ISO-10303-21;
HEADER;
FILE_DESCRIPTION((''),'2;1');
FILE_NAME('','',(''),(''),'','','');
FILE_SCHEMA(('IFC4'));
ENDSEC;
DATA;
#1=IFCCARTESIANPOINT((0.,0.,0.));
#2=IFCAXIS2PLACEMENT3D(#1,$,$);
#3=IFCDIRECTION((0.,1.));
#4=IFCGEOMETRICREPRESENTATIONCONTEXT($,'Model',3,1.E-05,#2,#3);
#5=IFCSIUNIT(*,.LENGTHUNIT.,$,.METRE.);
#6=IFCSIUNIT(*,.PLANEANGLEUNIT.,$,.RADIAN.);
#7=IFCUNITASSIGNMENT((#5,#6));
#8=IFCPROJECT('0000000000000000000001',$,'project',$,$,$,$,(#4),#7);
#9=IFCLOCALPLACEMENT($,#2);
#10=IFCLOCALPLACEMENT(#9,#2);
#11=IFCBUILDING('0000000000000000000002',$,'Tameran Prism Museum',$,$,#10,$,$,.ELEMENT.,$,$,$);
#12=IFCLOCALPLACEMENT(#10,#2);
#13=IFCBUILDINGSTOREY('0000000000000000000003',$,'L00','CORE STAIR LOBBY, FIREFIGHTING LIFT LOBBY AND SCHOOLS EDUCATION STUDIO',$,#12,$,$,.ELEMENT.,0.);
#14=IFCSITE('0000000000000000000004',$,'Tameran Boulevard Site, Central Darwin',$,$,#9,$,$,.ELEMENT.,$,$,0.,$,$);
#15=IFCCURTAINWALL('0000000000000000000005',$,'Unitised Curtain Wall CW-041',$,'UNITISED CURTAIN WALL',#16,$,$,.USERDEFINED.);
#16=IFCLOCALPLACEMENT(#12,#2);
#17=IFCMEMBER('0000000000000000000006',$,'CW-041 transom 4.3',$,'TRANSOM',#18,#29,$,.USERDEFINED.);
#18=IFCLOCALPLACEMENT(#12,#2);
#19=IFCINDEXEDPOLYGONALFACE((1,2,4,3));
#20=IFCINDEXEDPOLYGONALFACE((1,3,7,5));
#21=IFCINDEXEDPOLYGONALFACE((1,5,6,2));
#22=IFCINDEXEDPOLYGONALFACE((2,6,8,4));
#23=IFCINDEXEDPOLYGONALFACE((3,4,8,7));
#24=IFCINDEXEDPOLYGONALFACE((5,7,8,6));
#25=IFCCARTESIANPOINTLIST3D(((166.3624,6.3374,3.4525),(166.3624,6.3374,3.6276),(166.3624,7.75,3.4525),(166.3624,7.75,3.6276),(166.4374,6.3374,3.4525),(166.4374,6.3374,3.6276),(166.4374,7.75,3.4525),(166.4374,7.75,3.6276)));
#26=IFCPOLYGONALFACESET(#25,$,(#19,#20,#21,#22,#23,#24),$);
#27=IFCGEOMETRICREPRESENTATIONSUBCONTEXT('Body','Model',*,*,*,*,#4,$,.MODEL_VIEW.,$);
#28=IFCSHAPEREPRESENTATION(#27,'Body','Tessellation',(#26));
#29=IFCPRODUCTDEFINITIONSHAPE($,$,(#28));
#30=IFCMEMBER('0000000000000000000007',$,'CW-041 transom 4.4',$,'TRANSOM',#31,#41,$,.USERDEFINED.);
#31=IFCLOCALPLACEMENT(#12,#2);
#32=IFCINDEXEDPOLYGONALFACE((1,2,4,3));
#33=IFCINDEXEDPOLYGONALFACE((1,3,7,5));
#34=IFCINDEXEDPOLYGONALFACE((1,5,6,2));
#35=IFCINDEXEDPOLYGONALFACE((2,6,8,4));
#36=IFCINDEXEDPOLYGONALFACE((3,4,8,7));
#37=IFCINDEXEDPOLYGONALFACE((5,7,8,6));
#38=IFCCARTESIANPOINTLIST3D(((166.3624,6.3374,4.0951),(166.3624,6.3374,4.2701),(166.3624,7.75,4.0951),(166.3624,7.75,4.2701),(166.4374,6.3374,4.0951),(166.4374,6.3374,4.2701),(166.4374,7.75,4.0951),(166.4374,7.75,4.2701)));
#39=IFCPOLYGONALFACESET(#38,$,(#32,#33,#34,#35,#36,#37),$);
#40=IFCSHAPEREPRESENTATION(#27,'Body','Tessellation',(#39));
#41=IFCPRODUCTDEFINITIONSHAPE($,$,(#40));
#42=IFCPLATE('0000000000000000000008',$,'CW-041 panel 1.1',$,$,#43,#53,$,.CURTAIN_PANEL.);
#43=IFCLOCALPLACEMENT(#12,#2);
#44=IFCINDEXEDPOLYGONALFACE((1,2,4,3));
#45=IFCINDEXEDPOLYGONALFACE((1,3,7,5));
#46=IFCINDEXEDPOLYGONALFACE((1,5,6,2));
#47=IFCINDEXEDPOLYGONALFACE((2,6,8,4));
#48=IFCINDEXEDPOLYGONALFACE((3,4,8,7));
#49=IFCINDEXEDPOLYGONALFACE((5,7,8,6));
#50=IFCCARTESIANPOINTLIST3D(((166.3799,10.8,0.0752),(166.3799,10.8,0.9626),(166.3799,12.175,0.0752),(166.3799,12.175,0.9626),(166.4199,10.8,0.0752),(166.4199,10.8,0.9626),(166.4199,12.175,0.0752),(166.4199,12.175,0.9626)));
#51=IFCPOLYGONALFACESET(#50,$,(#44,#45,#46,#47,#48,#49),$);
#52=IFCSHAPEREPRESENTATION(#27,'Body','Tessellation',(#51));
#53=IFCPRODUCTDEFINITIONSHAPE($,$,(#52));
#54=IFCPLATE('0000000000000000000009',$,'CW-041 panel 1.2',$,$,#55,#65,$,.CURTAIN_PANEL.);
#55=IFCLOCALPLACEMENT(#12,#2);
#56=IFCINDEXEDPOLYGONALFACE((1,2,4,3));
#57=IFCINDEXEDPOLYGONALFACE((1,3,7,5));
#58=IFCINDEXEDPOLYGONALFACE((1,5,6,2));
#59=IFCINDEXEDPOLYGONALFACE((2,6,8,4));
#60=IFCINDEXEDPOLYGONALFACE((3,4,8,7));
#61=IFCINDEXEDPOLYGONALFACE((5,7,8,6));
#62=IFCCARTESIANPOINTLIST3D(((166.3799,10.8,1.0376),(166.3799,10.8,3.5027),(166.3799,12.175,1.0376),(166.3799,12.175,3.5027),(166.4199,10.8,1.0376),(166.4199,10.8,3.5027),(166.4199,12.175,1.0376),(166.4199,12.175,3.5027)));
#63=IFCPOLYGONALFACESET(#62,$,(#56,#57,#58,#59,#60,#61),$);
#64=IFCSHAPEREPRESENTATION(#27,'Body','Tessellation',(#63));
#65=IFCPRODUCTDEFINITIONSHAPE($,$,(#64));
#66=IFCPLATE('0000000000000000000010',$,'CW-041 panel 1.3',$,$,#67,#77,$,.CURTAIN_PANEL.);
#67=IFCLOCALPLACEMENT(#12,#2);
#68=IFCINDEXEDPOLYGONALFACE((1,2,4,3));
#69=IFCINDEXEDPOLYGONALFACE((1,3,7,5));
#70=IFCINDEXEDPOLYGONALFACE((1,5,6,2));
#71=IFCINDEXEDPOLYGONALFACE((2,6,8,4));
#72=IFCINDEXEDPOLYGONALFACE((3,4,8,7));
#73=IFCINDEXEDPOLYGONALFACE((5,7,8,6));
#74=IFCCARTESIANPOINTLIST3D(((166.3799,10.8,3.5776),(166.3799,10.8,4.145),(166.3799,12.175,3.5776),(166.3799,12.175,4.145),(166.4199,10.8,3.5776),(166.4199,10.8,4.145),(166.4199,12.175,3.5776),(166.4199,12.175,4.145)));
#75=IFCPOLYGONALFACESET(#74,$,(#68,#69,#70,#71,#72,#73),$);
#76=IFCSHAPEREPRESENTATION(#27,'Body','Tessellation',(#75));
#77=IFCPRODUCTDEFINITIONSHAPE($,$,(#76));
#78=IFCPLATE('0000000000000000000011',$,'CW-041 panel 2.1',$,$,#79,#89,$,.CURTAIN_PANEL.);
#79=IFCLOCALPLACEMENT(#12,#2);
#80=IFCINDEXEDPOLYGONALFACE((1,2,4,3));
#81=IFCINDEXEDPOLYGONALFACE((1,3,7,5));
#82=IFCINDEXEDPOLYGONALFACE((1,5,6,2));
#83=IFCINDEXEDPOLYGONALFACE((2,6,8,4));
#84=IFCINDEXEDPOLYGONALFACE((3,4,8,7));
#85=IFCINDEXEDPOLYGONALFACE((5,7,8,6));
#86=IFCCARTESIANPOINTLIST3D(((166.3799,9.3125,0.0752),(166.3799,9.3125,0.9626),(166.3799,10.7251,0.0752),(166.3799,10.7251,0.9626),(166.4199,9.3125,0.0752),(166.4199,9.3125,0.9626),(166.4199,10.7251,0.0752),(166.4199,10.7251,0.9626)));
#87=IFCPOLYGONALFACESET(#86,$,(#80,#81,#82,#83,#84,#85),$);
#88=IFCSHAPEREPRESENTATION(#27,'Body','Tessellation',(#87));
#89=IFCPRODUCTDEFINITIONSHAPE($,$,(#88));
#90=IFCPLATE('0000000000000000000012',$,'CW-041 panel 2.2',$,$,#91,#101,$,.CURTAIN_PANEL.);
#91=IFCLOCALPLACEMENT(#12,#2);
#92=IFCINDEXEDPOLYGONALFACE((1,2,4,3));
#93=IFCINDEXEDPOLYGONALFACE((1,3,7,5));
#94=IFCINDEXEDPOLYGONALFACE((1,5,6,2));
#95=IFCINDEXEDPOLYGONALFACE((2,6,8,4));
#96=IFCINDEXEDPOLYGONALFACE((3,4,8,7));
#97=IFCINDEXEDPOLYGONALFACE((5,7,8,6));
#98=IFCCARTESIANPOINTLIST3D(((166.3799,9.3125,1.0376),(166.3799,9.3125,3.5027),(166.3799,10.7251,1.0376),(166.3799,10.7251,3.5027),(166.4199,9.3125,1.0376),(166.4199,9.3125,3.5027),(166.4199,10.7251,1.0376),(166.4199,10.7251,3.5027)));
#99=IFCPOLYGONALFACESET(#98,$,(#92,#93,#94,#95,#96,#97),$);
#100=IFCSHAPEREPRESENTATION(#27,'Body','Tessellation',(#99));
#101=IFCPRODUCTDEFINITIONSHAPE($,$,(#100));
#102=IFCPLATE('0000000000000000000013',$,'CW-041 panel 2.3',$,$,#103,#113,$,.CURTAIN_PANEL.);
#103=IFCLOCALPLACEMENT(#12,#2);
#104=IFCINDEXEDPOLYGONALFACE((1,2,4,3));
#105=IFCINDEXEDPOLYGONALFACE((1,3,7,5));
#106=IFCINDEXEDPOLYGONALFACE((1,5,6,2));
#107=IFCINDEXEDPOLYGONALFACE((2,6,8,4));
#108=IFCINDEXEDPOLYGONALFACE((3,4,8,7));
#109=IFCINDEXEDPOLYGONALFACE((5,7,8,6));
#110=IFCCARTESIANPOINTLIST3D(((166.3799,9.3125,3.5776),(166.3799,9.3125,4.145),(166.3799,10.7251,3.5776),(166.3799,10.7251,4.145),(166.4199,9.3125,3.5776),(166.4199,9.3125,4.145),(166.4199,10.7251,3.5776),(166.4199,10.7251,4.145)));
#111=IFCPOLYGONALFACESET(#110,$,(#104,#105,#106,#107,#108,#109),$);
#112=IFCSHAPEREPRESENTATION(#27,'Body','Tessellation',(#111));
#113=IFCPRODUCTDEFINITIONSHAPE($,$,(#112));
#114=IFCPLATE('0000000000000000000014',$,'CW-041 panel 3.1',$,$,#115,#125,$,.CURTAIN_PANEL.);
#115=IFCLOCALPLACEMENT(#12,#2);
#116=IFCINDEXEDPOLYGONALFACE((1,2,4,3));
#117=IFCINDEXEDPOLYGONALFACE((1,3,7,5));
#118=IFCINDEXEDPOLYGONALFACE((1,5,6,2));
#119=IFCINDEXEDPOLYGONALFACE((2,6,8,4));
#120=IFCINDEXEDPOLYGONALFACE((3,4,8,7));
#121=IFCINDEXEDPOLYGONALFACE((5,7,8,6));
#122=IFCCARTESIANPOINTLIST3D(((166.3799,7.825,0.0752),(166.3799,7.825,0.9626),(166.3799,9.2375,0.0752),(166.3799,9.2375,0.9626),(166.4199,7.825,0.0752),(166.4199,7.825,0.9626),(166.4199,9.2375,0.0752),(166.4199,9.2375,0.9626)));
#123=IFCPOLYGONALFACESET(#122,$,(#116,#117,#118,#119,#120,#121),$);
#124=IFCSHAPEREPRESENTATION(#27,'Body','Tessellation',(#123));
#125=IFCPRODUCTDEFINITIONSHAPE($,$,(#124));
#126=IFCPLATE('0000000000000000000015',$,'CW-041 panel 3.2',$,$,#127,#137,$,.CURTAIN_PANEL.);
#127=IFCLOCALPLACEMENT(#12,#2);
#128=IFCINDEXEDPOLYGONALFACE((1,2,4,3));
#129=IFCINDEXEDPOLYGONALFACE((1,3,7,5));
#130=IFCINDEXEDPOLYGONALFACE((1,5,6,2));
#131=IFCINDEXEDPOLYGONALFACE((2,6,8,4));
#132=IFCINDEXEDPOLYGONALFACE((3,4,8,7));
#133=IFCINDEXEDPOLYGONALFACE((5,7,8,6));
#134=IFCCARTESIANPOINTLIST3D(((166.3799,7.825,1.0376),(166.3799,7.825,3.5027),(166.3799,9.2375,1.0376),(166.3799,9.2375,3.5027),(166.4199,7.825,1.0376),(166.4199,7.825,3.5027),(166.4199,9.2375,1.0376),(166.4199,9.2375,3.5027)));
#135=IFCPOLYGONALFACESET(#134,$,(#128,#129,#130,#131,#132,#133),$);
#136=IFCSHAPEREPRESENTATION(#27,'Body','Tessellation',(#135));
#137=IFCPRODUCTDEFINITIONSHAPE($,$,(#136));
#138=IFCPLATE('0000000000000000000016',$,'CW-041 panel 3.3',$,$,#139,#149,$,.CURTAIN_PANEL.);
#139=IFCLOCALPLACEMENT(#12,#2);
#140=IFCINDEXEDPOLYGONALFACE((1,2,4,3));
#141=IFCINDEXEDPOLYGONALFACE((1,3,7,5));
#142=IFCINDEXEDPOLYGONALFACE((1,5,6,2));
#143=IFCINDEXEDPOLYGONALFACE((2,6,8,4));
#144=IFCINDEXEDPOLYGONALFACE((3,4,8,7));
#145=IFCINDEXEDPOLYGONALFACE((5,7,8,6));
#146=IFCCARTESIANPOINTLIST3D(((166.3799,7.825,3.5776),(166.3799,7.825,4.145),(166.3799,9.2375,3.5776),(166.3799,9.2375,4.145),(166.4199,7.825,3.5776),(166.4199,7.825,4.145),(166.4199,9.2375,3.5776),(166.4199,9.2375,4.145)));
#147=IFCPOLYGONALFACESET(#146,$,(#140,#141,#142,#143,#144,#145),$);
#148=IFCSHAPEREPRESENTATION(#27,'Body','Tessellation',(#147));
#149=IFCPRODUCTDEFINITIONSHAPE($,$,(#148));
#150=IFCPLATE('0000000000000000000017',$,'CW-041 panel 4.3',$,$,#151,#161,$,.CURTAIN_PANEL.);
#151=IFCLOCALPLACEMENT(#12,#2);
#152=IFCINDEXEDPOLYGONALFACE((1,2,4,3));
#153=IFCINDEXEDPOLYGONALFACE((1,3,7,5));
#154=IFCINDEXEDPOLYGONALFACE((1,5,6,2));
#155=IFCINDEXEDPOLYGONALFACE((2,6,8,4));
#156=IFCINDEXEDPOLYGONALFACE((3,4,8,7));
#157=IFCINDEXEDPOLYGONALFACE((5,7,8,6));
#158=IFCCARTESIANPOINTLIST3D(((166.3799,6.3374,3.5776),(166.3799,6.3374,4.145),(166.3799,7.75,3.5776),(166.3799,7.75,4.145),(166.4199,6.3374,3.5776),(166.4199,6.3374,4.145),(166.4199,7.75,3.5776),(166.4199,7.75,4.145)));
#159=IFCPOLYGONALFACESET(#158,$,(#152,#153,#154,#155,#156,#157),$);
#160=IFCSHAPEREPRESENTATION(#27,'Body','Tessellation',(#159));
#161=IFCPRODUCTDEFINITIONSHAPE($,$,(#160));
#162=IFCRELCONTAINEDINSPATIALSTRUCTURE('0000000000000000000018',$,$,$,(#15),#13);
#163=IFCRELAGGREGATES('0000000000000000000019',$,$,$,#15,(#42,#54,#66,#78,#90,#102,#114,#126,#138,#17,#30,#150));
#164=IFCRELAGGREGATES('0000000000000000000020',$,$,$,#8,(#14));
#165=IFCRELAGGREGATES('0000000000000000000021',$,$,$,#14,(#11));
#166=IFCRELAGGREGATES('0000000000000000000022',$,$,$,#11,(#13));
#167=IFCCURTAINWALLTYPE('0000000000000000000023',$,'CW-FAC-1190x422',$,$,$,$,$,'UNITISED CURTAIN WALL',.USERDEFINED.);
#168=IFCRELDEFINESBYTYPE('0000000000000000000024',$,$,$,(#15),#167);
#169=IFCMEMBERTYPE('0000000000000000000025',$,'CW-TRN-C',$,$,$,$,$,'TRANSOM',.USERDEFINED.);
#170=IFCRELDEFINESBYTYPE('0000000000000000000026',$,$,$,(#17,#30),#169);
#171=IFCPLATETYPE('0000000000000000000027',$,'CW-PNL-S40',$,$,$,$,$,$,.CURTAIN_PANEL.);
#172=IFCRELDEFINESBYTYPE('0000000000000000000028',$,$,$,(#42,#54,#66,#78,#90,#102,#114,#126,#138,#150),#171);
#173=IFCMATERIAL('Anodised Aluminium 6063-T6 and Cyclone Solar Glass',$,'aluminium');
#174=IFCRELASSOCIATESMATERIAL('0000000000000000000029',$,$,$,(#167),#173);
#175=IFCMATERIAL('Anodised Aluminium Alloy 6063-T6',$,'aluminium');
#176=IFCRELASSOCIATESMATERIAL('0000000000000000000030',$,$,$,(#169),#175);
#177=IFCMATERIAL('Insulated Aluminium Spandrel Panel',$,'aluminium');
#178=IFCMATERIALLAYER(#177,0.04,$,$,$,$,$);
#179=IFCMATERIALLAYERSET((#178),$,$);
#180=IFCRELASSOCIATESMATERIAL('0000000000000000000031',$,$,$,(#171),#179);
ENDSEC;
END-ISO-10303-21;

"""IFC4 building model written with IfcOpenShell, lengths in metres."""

from ifc_helpers import new_model, si_unit, direction, frame, origin, origin_2d, place, context, subcontext, project, spatial, rectangle, extrude, material, layer, layer_set, material_profile, profile_set, type_object, element, aggregate, save


model = new_model("IFC4")

# Units and contexts
model_context = context("Model", 3, precision=1e-05, world=origin(), true_north=direction((0.0, 1.0)))
body_context = subcontext(model_context, "Body", "Model", "MODEL_VIEW")
ifc_project = project(units=[si_unit("LENGTHUNIT", "METRE"), si_unit("PLANEANGLEUNIT", "RADIAN")], contexts=[model_context])

# Site, building, storey
site_placement = place(None, origin())
site = spatial("IfcSite", under=ifc_project, at=site_placement, Name="Tameran Boulevard Site, Central Darwin", CompositionType="ELEMENT", RefElevation=0.0)
building_placement = place(site_placement, origin())
building = spatial("IfcBuilding", under=site, at=building_placement, Name="Tameran Prism Museum", CompositionType="ELEMENT")
storey_placement = place(building_placement, origin())
storey = spatial("IfcBuildingStorey", under=building, at=storey_placement, Name="L00", Description="CORE STAIR LOBBY, FIREFIGHTING LIFT LOBBY AND SCHOOLS EDUCATION STUDIO", CompositionType="ELEMENT", Elevation=0.0)

# Curtain wall, members, plates
ifc_material_1 = material(Name="Anodised Aluminium 6063-T6 and Cyclone Solar Glass", Category="aluminium")
curtain_wall_type = type_object("IfcCurtainWallType", Name="CW-FAC-1190x422", ElementType="UNITISED CURTAIN WALL", PredefinedType="USERDEFINED", material=ifc_material_1)
curtain_wall_placement = place(storey_placement, origin())
curtain_wall = element("IfcCurtainWall", 1, at=curtain_wall_placement, inside=storey, type_object=curtain_wall_type, Name="Unitised Curtain Wall CW-041", ObjectType="UNITISED CURTAIN WALL", PredefinedType="USERDEFINED")
ifc_material_2 = material(Name="Anodised Aluminium Alloy 6063-T6", Category="aluminium")
ifc_material_profile_1 = material_profile(ifc_material_2, rectangle(XDim=0.075, YDim=0.175, at=origin_2d()))
ifc_profile_set_1 = profile_set([ifc_material_profile_1])
member_type_1 = type_object("IfcMemberType", Name="CW-TRN-C", ElementType="TRANSOM", PredefinedType="USERDEFINED", material=ifc_profile_set_1)
member_1_placement = place(storey_placement, frame((166.3999, 7.75, 3.54), z_axis=(0.0, -1.0, 0.0), x_axis=(1.0, 0.0, 0.0)))
member_1 = element("IfcMember", 2, at=member_1_placement, type_object=member_type_1, Name="CW-041 transom 4.3", ObjectType="TRANSOM", PredefinedType="USERDEFINED", context=body_context, shape_type="SweptSolid", body=[
    extrude(rectangle(XDim=0.075, YDim=0.175, at=origin_2d()), origin(), (0.0, 0.0, 1.0), 1.4126),
])
member_2_placement = place(storey_placement, frame((166.3999, 7.75, 4.1826), z_axis=(0.0, -1.0, 0.0), x_axis=(1.0, 0.0, 0.0)))
member_2 = element("IfcMember", 3, at=member_2_placement, type_object=member_type_1, Name="CW-041 transom 4.4", ObjectType="TRANSOM", PredefinedType="USERDEFINED", context=body_context, shape_type="SweptSolid", body=[
    extrude(rectangle(XDim=0.075, YDim=0.175, at=origin_2d()), origin(), (0.0, 0.0, 1.0), 1.4126),
])
ifc_material_3 = material(Name="Insulated Aluminium Spandrel Panel", Category="aluminium")
ifc_layer = layer(ifc_material_3, 0.04)
ifc_layer_set = layer_set([ifc_layer])
plate_type = type_object("IfcPlateType", Name="CW-PNL-S40", PredefinedType="CURTAIN_PANEL", material=ifc_layer_set)
plate_1_placement = place(storey_placement, frame((166.3999, 11.4875, 0.0752), z_axis=(0.0, 0.0, 1.0), x_axis=(0.0, -1.0, 0.0)))
plate_1 = element("IfcPlate", 4, at=plate_1_placement, type_object=plate_type, Name="CW-041 panel 1.1", PredefinedType="CURTAIN_PANEL", context=body_context, shape_type="SweptSolid", body=[
    extrude(rectangle(XDim=1.375, YDim=0.04, at=origin_2d()), origin(), (0.0, 0.0, 1.0), 0.8875),
])
plate_2_placement = place(storey_placement, frame((166.3999, 11.4875, 1.0376), z_axis=(0.0, 0.0, 1.0), x_axis=(0.0, -1.0, 0.0)))
plate_2 = element("IfcPlate", 5, at=plate_2_placement, type_object=plate_type, Name="CW-041 panel 1.2", PredefinedType="CURTAIN_PANEL", context=body_context, shape_type="SweptSolid", body=[
    extrude(rectangle(XDim=1.375, YDim=0.04, at=origin_2d()), origin(), (0.0, 0.0, 1.0), 2.4651),
])
plate_3_placement = place(storey_placement, frame((166.3999, 11.4875, 3.5776), z_axis=(0.0, 0.0, 1.0), x_axis=(0.0, -1.0, 0.0)))
plate_3 = element("IfcPlate", 6, at=plate_3_placement, type_object=plate_type, Name="CW-041 panel 1.3", PredefinedType="CURTAIN_PANEL", context=body_context, shape_type="SweptSolid", body=[
    extrude(rectangle(XDim=1.375, YDim=0.04, at=origin_2d()), origin(), (0.0, 0.0, 1.0), 0.5674),
])
plate_4_placement = place(storey_placement, frame((166.3999, 10.0188, 0.0752), z_axis=(0.0, 0.0, 1.0), x_axis=(0.0, -1.0, 0.0)))
plate_4 = element("IfcPlate", 7, at=plate_4_placement, type_object=plate_type, Name="CW-041 panel 2.1", PredefinedType="CURTAIN_PANEL", context=body_context, shape_type="SweptSolid", body=[
    extrude(rectangle(XDim=1.4126, YDim=0.04, at=origin_2d()), origin(), (0.0, 0.0, 1.0), 0.8875),
])
plate_5_placement = place(storey_placement, frame((166.3999, 10.0188, 1.0376), z_axis=(0.0, 0.0, 1.0), x_axis=(0.0, -1.0, 0.0)))
plate_5 = element("IfcPlate", 8, at=plate_5_placement, type_object=plate_type, Name="CW-041 panel 2.2", PredefinedType="CURTAIN_PANEL", context=body_context, shape_type="SweptSolid", body=[
    extrude(rectangle(XDim=1.4126, YDim=0.04, at=origin_2d()), origin(), (0.0, 0.0, 1.0), 2.4651),
])
plate_6_placement = place(storey_placement, frame((166.3999, 10.0188, 3.5776), z_axis=(0.0, 0.0, 1.0), x_axis=(0.0, -1.0, 0.0)))
plate_6 = element("IfcPlate", 9, at=plate_6_placement, type_object=plate_type, Name="CW-041 panel 2.3", PredefinedType="CURTAIN_PANEL", context=body_context, shape_type="SweptSolid", body=[
    extrude(rectangle(XDim=1.4126, YDim=0.04, at=origin_2d()), origin(), (0.0, 0.0, 1.0), 0.5674),
])
plate_7_placement = place(storey_placement, frame((166.3999, 8.5312, 0.0752), z_axis=(0.0, 0.0, 1.0), x_axis=(0.0, -1.0, 0.0)))
plate_7 = element("IfcPlate", 10, at=plate_7_placement, type_object=plate_type, Name="CW-041 panel 3.1", PredefinedType="CURTAIN_PANEL", context=body_context, shape_type="SweptSolid", body=[
    extrude(rectangle(XDim=1.4126, YDim=0.04, at=origin_2d()), origin(), (0.0, 0.0, 1.0), 0.8875),
])
plate_8_placement = place(storey_placement, frame((166.3999, 8.5312, 1.0376), z_axis=(0.0, 0.0, 1.0), x_axis=(0.0, -1.0, 0.0)))
plate_8 = element("IfcPlate", 11, at=plate_8_placement, type_object=plate_type, Name="CW-041 panel 3.2", PredefinedType="CURTAIN_PANEL", context=body_context, shape_type="SweptSolid", body=[
    extrude(rectangle(XDim=1.4126, YDim=0.04, at=origin_2d()), origin(), (0.0, 0.0, 1.0), 2.4651),
])
plate_9_placement = place(storey_placement, frame((166.3999, 8.5312, 3.5776), z_axis=(0.0, 0.0, 1.0), x_axis=(0.0, -1.0, 0.0)))
plate_9 = element("IfcPlate", 12, at=plate_9_placement, type_object=plate_type, Name="CW-041 panel 3.3", PredefinedType="CURTAIN_PANEL", context=body_context, shape_type="SweptSolid", body=[
    extrude(rectangle(XDim=1.4126, YDim=0.04, at=origin_2d()), origin(), (0.0, 0.0, 1.0), 0.5674),
])
plate_10_placement = place(storey_placement, frame((166.3999, 7.0437, 3.5776), z_axis=(0.0, 0.0, 1.0), x_axis=(0.0, -1.0, 0.0)))
plate_10 = element("IfcPlate", 13, at=plate_10_placement, type_object=plate_type, Name="CW-041 panel 4.3", PredefinedType="CURTAIN_PANEL", context=body_context, shape_type="SweptSolid", body=[
    extrude(rectangle(XDim=1.4126, YDim=0.04, at=origin_2d()), origin(), (0.0, 0.0, 1.0), 0.5674),
])
aggregate(curtain_wall, [plate_1, plate_2, plate_3, plate_4, plate_5, plate_6, plate_7, plate_8, plate_9, member_1, member_2, plate_10])

save(model, "model.ifc")
